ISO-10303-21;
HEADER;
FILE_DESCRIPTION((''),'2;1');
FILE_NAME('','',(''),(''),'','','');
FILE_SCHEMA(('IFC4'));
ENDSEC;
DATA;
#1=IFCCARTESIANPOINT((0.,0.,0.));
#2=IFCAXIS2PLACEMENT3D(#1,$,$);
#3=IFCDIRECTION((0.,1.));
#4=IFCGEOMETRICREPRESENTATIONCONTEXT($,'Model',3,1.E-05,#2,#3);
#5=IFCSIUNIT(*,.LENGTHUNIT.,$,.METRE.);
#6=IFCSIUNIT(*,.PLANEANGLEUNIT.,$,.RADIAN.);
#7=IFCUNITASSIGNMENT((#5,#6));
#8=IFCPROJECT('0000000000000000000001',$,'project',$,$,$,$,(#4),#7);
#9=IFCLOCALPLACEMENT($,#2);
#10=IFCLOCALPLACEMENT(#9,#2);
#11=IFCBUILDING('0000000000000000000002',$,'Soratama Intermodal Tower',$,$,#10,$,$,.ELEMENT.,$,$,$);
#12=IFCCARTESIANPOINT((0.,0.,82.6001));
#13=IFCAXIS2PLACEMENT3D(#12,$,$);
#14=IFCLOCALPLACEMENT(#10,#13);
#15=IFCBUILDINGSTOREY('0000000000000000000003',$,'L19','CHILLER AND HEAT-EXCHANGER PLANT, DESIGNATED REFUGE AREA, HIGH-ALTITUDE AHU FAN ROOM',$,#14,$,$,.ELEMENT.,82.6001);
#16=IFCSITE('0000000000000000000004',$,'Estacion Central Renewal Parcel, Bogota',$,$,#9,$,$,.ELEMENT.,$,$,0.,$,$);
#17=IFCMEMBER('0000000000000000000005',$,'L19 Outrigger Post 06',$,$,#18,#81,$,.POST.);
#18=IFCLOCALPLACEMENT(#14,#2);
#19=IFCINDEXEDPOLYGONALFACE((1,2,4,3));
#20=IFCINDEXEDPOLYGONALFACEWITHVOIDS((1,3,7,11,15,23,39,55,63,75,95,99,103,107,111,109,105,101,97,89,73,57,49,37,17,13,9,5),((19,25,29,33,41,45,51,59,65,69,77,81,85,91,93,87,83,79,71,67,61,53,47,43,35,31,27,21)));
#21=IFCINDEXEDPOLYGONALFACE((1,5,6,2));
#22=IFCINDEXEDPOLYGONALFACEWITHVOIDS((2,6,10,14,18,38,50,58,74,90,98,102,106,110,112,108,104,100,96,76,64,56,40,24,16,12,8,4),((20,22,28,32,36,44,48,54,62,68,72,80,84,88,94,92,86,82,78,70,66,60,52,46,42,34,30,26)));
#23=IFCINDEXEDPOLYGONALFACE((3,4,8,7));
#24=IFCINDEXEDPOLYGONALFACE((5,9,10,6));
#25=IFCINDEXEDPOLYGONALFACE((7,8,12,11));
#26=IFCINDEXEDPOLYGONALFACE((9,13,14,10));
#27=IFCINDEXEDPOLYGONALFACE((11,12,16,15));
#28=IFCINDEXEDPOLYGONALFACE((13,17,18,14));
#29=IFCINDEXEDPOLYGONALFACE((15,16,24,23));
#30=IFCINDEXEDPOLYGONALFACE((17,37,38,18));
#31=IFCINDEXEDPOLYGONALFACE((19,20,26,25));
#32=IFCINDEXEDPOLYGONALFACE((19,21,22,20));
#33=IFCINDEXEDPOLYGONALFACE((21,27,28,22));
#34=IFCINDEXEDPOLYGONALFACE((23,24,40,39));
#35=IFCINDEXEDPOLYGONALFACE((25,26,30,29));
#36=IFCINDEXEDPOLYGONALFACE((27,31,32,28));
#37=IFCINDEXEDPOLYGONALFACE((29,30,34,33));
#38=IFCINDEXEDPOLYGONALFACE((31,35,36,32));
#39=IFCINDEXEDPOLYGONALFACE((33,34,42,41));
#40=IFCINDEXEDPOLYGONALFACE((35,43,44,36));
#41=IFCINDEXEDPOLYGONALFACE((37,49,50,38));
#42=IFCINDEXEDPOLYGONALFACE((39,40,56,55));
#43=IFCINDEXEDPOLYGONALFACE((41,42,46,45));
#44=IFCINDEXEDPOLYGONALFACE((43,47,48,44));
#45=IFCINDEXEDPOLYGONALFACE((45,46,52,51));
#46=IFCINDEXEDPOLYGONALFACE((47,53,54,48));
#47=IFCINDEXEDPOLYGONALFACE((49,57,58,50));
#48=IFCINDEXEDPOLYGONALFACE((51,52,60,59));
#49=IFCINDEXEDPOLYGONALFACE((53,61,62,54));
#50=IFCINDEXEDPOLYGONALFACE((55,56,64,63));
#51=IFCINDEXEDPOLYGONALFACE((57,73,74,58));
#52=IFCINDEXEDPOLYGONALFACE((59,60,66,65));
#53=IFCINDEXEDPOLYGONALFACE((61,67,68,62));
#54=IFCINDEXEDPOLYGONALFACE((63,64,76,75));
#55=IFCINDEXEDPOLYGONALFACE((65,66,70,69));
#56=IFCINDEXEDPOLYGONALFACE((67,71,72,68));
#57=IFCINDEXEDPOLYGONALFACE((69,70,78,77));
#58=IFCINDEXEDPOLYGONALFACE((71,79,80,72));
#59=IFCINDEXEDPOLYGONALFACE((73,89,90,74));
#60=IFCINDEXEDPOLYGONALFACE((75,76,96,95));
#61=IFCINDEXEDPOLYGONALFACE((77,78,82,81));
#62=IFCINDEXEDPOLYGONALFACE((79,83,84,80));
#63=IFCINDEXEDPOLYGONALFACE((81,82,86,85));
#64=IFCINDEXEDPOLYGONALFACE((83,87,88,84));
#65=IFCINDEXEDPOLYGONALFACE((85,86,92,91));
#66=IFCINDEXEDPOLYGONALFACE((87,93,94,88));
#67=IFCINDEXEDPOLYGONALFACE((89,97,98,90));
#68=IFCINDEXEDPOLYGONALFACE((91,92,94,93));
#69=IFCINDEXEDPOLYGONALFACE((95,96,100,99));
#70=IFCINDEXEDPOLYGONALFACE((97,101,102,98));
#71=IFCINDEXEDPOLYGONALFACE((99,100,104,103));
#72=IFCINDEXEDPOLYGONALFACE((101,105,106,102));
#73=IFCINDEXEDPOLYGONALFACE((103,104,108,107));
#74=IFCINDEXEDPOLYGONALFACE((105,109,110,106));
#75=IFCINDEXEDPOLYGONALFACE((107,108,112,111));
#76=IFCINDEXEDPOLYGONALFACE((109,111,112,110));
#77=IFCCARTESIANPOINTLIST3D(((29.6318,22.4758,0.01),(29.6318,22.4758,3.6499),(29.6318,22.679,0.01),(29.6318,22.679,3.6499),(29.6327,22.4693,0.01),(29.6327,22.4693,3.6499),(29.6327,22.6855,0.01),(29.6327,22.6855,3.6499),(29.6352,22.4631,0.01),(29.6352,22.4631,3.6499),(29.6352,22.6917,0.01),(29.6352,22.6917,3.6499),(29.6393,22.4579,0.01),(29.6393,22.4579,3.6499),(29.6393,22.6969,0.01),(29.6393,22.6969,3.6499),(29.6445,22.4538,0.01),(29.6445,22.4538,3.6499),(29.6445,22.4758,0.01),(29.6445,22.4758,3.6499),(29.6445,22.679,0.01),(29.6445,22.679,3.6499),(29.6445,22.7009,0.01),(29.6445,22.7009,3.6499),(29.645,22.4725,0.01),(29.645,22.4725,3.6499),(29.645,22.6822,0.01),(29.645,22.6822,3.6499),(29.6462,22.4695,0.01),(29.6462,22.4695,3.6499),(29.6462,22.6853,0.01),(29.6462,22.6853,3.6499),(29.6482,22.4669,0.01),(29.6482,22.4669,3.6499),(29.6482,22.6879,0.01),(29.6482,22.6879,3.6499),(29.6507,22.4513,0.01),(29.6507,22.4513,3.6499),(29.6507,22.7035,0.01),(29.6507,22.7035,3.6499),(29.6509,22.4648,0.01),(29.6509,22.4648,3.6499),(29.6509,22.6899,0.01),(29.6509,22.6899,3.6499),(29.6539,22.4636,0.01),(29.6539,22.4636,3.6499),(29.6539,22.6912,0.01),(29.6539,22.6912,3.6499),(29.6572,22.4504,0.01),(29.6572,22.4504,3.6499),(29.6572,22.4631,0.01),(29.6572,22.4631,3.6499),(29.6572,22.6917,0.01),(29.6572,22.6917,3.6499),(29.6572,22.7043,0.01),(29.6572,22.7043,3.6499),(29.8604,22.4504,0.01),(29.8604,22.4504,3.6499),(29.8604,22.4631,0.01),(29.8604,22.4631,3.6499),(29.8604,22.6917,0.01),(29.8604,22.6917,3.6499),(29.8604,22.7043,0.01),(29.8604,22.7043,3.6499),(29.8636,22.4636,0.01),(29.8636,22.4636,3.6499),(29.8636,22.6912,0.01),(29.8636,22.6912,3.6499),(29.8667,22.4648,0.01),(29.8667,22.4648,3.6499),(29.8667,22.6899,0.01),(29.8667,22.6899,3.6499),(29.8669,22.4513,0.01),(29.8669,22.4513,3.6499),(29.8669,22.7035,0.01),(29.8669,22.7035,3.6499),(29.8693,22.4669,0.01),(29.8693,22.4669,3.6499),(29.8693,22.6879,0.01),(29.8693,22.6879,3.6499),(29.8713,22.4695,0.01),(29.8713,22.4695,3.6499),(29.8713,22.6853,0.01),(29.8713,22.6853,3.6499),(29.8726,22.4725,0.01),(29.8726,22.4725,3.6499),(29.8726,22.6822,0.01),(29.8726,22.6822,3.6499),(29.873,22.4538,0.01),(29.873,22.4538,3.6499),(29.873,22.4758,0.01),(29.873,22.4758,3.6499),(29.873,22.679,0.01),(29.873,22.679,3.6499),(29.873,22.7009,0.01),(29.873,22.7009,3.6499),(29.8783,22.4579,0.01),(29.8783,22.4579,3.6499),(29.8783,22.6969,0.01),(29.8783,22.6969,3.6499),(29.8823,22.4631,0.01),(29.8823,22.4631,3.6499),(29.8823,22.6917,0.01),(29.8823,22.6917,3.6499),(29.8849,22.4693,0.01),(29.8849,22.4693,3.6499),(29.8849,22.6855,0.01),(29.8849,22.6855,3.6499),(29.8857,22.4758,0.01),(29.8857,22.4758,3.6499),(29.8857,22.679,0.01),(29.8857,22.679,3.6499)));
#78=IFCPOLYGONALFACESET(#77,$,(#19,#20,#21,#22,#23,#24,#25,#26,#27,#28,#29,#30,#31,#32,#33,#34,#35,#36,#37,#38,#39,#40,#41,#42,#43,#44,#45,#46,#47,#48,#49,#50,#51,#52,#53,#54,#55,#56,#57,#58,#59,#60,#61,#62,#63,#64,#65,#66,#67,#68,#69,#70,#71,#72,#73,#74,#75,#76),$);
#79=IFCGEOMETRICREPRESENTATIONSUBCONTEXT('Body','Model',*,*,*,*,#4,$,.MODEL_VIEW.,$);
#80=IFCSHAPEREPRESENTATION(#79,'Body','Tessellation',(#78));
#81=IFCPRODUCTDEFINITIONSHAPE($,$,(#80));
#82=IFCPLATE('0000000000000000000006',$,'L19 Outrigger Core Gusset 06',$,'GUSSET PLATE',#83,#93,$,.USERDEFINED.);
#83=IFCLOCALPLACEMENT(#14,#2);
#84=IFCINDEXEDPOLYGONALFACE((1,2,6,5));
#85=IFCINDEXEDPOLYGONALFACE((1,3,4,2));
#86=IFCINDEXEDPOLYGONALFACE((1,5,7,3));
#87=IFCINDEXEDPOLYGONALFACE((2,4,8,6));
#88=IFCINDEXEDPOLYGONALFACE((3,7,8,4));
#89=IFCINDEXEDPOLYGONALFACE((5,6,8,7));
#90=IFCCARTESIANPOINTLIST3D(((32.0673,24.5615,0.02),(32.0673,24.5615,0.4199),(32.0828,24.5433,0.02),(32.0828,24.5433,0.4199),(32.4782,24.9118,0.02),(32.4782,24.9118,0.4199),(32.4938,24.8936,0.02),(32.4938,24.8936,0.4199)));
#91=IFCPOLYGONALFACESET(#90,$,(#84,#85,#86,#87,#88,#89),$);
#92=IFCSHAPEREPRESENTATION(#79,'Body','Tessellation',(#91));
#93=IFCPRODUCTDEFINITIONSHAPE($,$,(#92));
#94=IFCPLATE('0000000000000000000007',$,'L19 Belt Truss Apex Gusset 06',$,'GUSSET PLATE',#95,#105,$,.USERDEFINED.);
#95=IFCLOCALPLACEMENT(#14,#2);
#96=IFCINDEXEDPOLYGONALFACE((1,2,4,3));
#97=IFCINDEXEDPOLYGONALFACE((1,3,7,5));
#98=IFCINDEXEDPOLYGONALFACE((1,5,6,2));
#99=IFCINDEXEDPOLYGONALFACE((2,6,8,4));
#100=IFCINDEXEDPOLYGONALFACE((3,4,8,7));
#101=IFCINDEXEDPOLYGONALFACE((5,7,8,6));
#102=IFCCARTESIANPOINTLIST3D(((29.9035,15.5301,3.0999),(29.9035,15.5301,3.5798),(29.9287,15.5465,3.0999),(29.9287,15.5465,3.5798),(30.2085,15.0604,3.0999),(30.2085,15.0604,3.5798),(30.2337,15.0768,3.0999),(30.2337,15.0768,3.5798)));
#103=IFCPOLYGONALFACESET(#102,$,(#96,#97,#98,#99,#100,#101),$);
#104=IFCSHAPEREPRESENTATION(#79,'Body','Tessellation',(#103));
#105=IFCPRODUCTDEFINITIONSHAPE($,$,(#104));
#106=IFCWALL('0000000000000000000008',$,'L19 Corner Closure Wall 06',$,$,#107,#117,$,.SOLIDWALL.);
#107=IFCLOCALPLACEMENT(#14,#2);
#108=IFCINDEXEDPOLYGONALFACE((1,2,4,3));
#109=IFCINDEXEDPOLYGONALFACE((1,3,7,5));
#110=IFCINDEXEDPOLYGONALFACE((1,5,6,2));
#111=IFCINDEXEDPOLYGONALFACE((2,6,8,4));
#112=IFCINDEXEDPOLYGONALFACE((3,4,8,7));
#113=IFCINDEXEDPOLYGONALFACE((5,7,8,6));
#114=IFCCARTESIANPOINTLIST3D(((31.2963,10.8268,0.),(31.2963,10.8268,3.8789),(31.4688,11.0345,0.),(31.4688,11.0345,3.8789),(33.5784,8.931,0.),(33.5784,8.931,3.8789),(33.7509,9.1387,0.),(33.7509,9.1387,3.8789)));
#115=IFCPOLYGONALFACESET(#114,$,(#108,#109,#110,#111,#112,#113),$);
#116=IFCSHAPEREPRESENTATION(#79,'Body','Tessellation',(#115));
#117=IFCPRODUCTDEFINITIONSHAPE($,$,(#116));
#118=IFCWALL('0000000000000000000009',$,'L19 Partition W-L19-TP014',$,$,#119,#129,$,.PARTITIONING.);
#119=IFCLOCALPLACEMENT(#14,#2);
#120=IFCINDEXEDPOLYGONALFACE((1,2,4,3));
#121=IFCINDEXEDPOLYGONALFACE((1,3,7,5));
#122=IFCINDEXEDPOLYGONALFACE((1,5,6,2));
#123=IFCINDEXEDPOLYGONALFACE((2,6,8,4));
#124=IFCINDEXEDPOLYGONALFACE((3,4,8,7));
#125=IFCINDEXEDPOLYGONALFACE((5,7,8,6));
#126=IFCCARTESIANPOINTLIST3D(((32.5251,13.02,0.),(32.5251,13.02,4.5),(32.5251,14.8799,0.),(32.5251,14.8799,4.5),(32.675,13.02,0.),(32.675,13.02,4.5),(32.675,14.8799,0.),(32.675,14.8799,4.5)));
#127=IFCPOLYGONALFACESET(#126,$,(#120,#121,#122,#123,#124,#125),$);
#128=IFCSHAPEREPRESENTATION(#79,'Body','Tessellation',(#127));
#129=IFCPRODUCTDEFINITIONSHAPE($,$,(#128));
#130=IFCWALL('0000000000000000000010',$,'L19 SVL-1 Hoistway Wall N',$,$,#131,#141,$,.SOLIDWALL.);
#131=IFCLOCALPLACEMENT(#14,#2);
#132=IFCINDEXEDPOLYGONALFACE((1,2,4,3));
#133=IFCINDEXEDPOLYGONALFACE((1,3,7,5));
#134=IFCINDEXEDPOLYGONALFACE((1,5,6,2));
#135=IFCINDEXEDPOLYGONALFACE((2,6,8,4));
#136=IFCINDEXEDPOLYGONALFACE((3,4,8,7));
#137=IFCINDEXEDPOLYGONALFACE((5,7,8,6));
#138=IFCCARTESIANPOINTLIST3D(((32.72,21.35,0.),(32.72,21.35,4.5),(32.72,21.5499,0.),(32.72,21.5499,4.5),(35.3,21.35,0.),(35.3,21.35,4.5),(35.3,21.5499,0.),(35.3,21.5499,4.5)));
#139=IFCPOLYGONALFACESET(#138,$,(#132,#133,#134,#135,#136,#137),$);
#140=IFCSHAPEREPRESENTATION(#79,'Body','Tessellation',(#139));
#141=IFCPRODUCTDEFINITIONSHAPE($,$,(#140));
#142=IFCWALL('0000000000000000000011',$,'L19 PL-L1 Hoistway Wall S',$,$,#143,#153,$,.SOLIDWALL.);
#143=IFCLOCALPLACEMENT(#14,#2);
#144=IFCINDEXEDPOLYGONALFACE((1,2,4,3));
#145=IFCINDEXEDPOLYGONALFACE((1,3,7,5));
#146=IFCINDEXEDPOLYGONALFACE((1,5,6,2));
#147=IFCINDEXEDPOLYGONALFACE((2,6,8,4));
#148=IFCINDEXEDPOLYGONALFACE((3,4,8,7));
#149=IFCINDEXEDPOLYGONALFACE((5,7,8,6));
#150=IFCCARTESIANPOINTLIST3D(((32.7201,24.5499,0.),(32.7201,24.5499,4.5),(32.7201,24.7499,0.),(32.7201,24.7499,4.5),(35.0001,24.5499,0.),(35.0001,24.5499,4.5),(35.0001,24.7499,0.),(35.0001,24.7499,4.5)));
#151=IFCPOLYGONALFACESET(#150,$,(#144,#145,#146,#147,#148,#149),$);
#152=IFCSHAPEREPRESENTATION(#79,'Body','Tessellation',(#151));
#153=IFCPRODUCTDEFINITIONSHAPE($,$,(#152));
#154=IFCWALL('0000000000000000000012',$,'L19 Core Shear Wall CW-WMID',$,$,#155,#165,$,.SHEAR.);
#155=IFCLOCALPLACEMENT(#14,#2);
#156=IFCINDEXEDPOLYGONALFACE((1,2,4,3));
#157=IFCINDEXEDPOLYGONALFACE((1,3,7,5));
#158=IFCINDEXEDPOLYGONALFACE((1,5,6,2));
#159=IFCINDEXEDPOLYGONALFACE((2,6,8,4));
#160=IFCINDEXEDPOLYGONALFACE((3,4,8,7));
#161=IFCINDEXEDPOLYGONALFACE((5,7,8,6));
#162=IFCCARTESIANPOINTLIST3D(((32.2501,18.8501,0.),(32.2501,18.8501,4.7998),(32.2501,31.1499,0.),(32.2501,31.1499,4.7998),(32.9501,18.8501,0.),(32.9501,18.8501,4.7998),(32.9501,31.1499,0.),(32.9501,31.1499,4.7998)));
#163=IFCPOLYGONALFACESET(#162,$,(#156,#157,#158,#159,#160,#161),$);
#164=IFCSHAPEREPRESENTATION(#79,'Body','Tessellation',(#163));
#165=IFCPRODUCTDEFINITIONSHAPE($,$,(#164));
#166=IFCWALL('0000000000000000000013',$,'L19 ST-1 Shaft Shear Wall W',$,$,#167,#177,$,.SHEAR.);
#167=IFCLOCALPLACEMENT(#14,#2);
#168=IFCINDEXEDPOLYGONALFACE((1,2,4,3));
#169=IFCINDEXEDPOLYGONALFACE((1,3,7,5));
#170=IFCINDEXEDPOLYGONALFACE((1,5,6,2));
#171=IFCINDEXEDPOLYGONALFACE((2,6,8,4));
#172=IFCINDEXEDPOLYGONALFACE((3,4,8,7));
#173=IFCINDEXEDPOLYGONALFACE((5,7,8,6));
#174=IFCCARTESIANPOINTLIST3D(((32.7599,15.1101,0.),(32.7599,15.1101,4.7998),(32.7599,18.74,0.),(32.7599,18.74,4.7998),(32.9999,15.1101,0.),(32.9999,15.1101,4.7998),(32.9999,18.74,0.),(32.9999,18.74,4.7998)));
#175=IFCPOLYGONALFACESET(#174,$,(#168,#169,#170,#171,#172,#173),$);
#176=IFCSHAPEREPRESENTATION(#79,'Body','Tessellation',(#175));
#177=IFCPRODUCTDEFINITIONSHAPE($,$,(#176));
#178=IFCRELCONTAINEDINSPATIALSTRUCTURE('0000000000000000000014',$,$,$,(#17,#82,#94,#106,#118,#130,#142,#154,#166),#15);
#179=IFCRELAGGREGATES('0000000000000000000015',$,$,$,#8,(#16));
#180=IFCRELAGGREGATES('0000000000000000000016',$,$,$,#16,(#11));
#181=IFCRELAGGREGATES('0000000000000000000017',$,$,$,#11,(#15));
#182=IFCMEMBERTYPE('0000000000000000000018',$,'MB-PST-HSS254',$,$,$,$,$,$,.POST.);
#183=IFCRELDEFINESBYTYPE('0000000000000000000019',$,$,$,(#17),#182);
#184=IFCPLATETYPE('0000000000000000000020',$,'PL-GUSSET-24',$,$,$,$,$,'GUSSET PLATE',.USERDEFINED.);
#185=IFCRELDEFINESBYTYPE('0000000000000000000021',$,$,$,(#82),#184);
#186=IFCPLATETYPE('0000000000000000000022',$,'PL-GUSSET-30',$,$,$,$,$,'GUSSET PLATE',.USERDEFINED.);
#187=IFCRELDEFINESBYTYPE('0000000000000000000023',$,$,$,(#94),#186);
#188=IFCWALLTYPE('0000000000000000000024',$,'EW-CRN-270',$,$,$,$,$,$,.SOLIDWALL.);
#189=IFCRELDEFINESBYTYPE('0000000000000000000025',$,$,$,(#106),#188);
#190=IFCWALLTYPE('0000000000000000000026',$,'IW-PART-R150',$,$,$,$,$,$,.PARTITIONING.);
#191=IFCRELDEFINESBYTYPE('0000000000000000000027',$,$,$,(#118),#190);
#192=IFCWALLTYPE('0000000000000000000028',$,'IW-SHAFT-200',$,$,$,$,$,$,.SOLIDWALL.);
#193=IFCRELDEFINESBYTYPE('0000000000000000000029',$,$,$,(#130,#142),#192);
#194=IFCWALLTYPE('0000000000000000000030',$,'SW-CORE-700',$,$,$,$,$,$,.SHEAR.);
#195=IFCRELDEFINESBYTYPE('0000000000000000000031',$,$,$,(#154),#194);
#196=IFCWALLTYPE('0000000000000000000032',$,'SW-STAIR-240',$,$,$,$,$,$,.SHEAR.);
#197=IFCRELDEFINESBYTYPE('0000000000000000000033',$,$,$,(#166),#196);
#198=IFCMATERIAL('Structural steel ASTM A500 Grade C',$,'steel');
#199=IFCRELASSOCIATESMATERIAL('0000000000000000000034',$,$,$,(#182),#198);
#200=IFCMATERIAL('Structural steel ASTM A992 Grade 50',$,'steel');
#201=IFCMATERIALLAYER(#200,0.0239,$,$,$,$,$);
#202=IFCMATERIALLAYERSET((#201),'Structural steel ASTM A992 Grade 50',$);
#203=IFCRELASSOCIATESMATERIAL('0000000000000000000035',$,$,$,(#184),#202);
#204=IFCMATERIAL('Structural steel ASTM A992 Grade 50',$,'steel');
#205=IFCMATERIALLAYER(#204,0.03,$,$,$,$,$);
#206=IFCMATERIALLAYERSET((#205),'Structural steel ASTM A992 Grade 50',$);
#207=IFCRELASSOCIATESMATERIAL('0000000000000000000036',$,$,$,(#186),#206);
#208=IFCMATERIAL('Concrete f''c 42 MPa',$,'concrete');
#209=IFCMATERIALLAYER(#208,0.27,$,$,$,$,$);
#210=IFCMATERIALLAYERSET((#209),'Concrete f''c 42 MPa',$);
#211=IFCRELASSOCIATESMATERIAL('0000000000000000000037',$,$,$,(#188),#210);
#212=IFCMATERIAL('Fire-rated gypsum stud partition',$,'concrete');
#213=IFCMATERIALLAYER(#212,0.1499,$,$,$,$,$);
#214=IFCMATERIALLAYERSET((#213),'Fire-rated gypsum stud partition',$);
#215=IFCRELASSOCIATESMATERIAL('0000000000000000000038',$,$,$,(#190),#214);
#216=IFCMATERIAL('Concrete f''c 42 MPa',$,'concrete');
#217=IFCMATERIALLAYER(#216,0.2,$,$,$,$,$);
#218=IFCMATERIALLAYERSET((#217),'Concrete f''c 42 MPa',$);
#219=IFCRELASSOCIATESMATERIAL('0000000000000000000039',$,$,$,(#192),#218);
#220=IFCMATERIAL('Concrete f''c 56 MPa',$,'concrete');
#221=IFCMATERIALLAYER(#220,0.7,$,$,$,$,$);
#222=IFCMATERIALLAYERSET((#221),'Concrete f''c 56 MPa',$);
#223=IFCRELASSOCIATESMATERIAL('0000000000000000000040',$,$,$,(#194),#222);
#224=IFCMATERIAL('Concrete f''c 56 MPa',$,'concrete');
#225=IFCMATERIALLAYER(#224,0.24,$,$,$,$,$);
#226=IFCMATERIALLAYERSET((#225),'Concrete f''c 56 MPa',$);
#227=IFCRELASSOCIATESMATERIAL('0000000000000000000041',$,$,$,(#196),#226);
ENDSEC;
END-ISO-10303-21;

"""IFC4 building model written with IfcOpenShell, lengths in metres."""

from ifc_helpers import new_model, si_unit, direction, frame, frame_2d, origin, origin_2d, place, context, subcontext, project, spatial, rectangle, hollow_rectangle, extrude, material, layer, layer_set, material_profile, profile_set, type_object, element, save


model = new_model("IFC4")

# Units and contexts
model_context = context("Model", 3, precision=1e-05, world=origin(), true_north=direction((0.0, 1.0)))
body_context = subcontext(model_context, "Body", "Model", "MODEL_VIEW")
ifc_project = project(units=[si_unit("LENGTHUNIT", "METRE"), si_unit("PLANEANGLEUNIT", "RADIAN")], contexts=[model_context])

# Site, building, storey
site_placement = place(None, origin())
site = spatial("IfcSite", under=ifc_project, at=site_placement, Name="Estacion Central Renewal Parcel, Bogota", CompositionType="ELEMENT", RefElevation=0.0)
building_placement = place(site_placement, origin())
building = spatial("IfcBuilding", under=site, at=building_placement, Name="Soratama Intermodal Tower", CompositionType="ELEMENT")
storey_placement = place(building_placement, frame((0.0, 0.0, 82.6001)))
storey = spatial("IfcBuildingStorey", under=building, at=storey_placement, Name="L19", Description="CHILLER AND HEAT-EXCHANGER PLANT, DESIGNATED REFUGE AREA, HIGH-ALTITUDE AHU FAN ROOM", CompositionType="ELEMENT", Elevation=82.6001)

# Member
ifc_material_1 = material(Name="Structural steel ASTM A500 Grade C", Category="steel")
ifc_material_profile_1 = material_profile(ifc_material_1, hollow_rectangle(XDim=0.2539, YDim=0.2539, WallThickness=0.0127, InnerFilletRadius=0.0127, OuterFilletRadius=0.0254, at=origin_2d()), Name="HSS254X254X12.7")
ifc_profile_set_1 = profile_set([ifc_material_profile_1], Name="Structural steel ASTM A500 Grade C")
member_type = type_object("IfcMemberType", Name="MB-PST-HSS254", PredefinedType="POST", material=ifc_profile_set_1)
member_placement = place(storey_placement, frame((29.7588, 22.5774, 0.01), z_axis=(0.0, 0.0, 1.0), x_axis=(1.0, 0.0, 0.0)))
element("IfcMember", 1, at=member_placement, inside=storey, type_object=member_type, Name="L19 Outrigger Post 06", PredefinedType="POST", context=body_context, shape_type="SweptSolid", body=[
    extrude(hollow_rectangle(XDim=0.2539, YDim=0.2539, WallThickness=0.0127, InnerFilletRadius=0.0127, OuterFilletRadius=0.0254, at=origin_2d()), origin(), (0.0, 0.0, 1.0), 3.6399),
])

# Plates
ifc_material_2 = material(Name="Structural steel ASTM A992 Grade 50", Category="steel")
ifc_layer_1 = layer(ifc_material_2, 0.0239)
ifc_layer_set_1 = layer_set([ifc_layer_1], Name="Structural steel ASTM A992 Grade 50")
plate_type_1 = type_object("IfcPlateType", Name="PL-GUSSET-24", ElementType="GUSSET PLATE", PredefinedType="USERDEFINED", material=ifc_layer_set_1)
plate_1_placement = place(storey_placement, frame((32.2805, 24.7275, 0.02), z_axis=(0.0, 0.0, 1.0), x_axis=(-0.760972, -0.648784, 0.0)))
element("IfcPlate", 2, at=plate_1_placement, inside=storey, type_object=plate_type_1, Name="L19 Outrigger Core Gusset 06", ObjectType="GUSSET PLATE", PredefinedType="USERDEFINED", context=body_context, shape_type="SweptSolid", body=[
    extrude(rectangle(XDim=0.54, YDim=0.0239, at=origin_2d()), origin(), (0.0, 0.0, 1.0), 0.3999),
])
ifc_material_3 = material(Name="Structural steel ASTM A992 Grade 50", Category="steel")
ifc_layer_2 = layer(ifc_material_3, 0.03)
ifc_layer_set_2 = layer_set([ifc_layer_2], Name="Structural steel ASTM A992 Grade 50")
plate_type_2 = type_object("IfcPlateType", Name="PL-GUSSET-30", ElementType="GUSSET PLATE", PredefinedType="USERDEFINED", material=ifc_layer_set_2)
plate_2_placement = place(storey_placement, frame((30.0686, 15.3035, 3.0999), z_axis=(0.0, 0.0, 1.0), x_axis=(0.544639, -0.838671, 0.0)))
element("IfcPlate", 3, at=plate_2_placement, inside=storey, type_object=plate_type_2, Name="L19 Belt Truss Apex Gusset 06", ObjectType="GUSSET PLATE", PredefinedType="USERDEFINED", context=body_context, shape_type="SweptSolid", body=[
    extrude(rectangle(XDim=0.5601, YDim=0.03, at=origin_2d()), origin(), (0.0, 0.0, 1.0), 0.48),
])

# Walls
ifc_material_4 = material(Name="Concrete f'c 42 MPa", Category="concrete")
ifc_layer_3 = layer(ifc_material_4, 0.27)
ifc_layer_set_3 = layer_set([ifc_layer_3], Name="Concrete f'c 42 MPa")
wall_type_1 = type_object("IfcWallType", Name="EW-CRN-270", PredefinedType="SOLIDWALL", material=ifc_layer_set_3)
wall_1_placement = place(storey_placement, frame((31.3826, 10.9307, 0.0), z_axis=(0.0, 0.0, 1.0), x_axis=(0.769198, -0.63901, 0.0)))
element("IfcWall", 4, at=wall_1_placement, inside=storey, type_object=wall_type_1, Name="L19 Corner Closure Wall 06", PredefinedType="SOLIDWALL", context=body_context, shape_type="SweptSolid", body=[
    extrude(rectangle(XDim=2.9668, YDim=0.27, at=frame_2d((1.4834, 0.0))), origin(), (0.0, 0.0, 1.0), 3.8789),
])
ifc_material_5 = material(Name="Fire-rated gypsum stud partition", Category="concrete")
ifc_layer_4 = layer(ifc_material_5, 0.1499)
ifc_layer_set_4 = layer_set([ifc_layer_4], Name="Fire-rated gypsum stud partition")
wall_type_2 = type_object("IfcWallType", Name="IW-PART-R150", PredefinedType="PARTITIONING", material=ifc_layer_set_4)
wall_2_placement = place(storey_placement, frame((32.6001, 13.02, 0.0), z_axis=(0.0, 0.0, 1.0), x_axis=(0.0, 1.0, 0.0)))
element("IfcWall", 5, at=wall_2_placement, inside=storey, type_object=wall_type_2, Name="L19 Partition W-L19-TP014", PredefinedType="PARTITIONING", context=body_context, shape_type="SweptSolid", body=[
    extrude(rectangle(XDim=1.8599, YDim=0.1499, at=frame_2d((0.9299, 0.0))), origin(), (0.0, 0.0, 1.0), 4.5),
])
ifc_material_6 = material(Name="Concrete f'c 42 MPa", Category="concrete")
ifc_layer_5 = layer(ifc_material_6, 0.2)
ifc_layer_set_5 = layer_set([ifc_layer_5], Name="Concrete f'c 42 MPa")
wall_type_3 = type_object("IfcWallType", Name="IW-SHAFT-200", PredefinedType="SOLIDWALL", material=ifc_layer_set_5)
wall_3_placement = place(storey_placement, frame((32.72, 21.45, 0.0), z_axis=(0.0, 0.0, 1.0), x_axis=(1.0, 0.0, 0.0)))
element("IfcWall", 6, at=wall_3_placement, inside=storey, type_object=wall_type_3, Name="L19 SVL-1 Hoistway Wall N", PredefinedType="SOLIDWALL", context=body_context, shape_type="SweptSolid", body=[
    extrude(rectangle(XDim=2.5801, YDim=0.2, at=frame_2d((1.29, 0.0))), origin(), (0.0, 0.0, 1.0), 4.5),
])
wall_4_placement = place(storey_placement, frame((32.72, 24.6499, 0.0), z_axis=(0.0, 0.0, 1.0), x_axis=(1.0, 0.0, 0.0)))
element("IfcWall", 7, at=wall_4_placement, inside=storey, type_object=wall_type_3, Name="L19 PL-L1 Hoistway Wall S", PredefinedType="SOLIDWALL", context=body_context, shape_type="SweptSolid", body=[
    extrude(rectangle(XDim=2.28, YDim=0.2, at=frame_2d((1.1401, 0.0))), origin(), (0.0, 0.0, 1.0), 4.5),
])
ifc_material_7 = material(Name="Concrete f'c 56 MPa", Category="concrete")
ifc_layer_6 = layer(ifc_material_7, 0.7)
ifc_layer_set_6 = layer_set([ifc_layer_6], Name="Concrete f'c 56 MPa")
wall_type_4 = type_object("IfcWallType", Name="SW-CORE-700", PredefinedType="SHEAR", material=ifc_layer_set_6)
wall_5_placement = place(storey_placement, frame((32.6001, 18.8501, 0.0), z_axis=(0.0, 0.0, 1.0), x_axis=(0.0, 1.0, 0.0)))
element("IfcWall", 8, at=wall_5_placement, inside=storey, type_object=wall_type_4, Name="L19 Core Shear Wall CW-WMID", PredefinedType="SHEAR", context=body_context, shape_type="SweptSolid", body=[
    extrude(rectangle(XDim=12.2998, YDim=0.7, at=frame_2d((6.1499, 0.0))), origin(), (0.0, 0.0, 1.0), 4.7998),
])
ifc_material_8 = material(Name="Concrete f'c 56 MPa", Category="concrete")
ifc_layer_7 = layer(ifc_material_8, 0.24)
ifc_layer_set_7 = layer_set([ifc_layer_7], Name="Concrete f'c 56 MPa")
wall_type_5 = type_object("IfcWallType", Name="SW-STAIR-240", PredefinedType="SHEAR", material=ifc_layer_set_7)
wall_6_placement = place(storey_placement, frame((32.8799, 15.1101, 0.0), z_axis=(0.0, 0.0, 1.0), x_axis=(0.0, 1.0, 0.0)))
element("IfcWall", 9, at=wall_6_placement, inside=storey, type_object=wall_type_5, Name="L19 ST-1 Shaft Shear Wall W", PredefinedType="SHEAR", context=body_context, shape_type="SweptSolid", body=[
    extrude(rectangle(XDim=3.6299, YDim=0.24, at=frame_2d((1.8149, 0.0))), origin(), (0.0, 0.0, 1.0), 4.7998),
])

save(model, "model.ifc")
